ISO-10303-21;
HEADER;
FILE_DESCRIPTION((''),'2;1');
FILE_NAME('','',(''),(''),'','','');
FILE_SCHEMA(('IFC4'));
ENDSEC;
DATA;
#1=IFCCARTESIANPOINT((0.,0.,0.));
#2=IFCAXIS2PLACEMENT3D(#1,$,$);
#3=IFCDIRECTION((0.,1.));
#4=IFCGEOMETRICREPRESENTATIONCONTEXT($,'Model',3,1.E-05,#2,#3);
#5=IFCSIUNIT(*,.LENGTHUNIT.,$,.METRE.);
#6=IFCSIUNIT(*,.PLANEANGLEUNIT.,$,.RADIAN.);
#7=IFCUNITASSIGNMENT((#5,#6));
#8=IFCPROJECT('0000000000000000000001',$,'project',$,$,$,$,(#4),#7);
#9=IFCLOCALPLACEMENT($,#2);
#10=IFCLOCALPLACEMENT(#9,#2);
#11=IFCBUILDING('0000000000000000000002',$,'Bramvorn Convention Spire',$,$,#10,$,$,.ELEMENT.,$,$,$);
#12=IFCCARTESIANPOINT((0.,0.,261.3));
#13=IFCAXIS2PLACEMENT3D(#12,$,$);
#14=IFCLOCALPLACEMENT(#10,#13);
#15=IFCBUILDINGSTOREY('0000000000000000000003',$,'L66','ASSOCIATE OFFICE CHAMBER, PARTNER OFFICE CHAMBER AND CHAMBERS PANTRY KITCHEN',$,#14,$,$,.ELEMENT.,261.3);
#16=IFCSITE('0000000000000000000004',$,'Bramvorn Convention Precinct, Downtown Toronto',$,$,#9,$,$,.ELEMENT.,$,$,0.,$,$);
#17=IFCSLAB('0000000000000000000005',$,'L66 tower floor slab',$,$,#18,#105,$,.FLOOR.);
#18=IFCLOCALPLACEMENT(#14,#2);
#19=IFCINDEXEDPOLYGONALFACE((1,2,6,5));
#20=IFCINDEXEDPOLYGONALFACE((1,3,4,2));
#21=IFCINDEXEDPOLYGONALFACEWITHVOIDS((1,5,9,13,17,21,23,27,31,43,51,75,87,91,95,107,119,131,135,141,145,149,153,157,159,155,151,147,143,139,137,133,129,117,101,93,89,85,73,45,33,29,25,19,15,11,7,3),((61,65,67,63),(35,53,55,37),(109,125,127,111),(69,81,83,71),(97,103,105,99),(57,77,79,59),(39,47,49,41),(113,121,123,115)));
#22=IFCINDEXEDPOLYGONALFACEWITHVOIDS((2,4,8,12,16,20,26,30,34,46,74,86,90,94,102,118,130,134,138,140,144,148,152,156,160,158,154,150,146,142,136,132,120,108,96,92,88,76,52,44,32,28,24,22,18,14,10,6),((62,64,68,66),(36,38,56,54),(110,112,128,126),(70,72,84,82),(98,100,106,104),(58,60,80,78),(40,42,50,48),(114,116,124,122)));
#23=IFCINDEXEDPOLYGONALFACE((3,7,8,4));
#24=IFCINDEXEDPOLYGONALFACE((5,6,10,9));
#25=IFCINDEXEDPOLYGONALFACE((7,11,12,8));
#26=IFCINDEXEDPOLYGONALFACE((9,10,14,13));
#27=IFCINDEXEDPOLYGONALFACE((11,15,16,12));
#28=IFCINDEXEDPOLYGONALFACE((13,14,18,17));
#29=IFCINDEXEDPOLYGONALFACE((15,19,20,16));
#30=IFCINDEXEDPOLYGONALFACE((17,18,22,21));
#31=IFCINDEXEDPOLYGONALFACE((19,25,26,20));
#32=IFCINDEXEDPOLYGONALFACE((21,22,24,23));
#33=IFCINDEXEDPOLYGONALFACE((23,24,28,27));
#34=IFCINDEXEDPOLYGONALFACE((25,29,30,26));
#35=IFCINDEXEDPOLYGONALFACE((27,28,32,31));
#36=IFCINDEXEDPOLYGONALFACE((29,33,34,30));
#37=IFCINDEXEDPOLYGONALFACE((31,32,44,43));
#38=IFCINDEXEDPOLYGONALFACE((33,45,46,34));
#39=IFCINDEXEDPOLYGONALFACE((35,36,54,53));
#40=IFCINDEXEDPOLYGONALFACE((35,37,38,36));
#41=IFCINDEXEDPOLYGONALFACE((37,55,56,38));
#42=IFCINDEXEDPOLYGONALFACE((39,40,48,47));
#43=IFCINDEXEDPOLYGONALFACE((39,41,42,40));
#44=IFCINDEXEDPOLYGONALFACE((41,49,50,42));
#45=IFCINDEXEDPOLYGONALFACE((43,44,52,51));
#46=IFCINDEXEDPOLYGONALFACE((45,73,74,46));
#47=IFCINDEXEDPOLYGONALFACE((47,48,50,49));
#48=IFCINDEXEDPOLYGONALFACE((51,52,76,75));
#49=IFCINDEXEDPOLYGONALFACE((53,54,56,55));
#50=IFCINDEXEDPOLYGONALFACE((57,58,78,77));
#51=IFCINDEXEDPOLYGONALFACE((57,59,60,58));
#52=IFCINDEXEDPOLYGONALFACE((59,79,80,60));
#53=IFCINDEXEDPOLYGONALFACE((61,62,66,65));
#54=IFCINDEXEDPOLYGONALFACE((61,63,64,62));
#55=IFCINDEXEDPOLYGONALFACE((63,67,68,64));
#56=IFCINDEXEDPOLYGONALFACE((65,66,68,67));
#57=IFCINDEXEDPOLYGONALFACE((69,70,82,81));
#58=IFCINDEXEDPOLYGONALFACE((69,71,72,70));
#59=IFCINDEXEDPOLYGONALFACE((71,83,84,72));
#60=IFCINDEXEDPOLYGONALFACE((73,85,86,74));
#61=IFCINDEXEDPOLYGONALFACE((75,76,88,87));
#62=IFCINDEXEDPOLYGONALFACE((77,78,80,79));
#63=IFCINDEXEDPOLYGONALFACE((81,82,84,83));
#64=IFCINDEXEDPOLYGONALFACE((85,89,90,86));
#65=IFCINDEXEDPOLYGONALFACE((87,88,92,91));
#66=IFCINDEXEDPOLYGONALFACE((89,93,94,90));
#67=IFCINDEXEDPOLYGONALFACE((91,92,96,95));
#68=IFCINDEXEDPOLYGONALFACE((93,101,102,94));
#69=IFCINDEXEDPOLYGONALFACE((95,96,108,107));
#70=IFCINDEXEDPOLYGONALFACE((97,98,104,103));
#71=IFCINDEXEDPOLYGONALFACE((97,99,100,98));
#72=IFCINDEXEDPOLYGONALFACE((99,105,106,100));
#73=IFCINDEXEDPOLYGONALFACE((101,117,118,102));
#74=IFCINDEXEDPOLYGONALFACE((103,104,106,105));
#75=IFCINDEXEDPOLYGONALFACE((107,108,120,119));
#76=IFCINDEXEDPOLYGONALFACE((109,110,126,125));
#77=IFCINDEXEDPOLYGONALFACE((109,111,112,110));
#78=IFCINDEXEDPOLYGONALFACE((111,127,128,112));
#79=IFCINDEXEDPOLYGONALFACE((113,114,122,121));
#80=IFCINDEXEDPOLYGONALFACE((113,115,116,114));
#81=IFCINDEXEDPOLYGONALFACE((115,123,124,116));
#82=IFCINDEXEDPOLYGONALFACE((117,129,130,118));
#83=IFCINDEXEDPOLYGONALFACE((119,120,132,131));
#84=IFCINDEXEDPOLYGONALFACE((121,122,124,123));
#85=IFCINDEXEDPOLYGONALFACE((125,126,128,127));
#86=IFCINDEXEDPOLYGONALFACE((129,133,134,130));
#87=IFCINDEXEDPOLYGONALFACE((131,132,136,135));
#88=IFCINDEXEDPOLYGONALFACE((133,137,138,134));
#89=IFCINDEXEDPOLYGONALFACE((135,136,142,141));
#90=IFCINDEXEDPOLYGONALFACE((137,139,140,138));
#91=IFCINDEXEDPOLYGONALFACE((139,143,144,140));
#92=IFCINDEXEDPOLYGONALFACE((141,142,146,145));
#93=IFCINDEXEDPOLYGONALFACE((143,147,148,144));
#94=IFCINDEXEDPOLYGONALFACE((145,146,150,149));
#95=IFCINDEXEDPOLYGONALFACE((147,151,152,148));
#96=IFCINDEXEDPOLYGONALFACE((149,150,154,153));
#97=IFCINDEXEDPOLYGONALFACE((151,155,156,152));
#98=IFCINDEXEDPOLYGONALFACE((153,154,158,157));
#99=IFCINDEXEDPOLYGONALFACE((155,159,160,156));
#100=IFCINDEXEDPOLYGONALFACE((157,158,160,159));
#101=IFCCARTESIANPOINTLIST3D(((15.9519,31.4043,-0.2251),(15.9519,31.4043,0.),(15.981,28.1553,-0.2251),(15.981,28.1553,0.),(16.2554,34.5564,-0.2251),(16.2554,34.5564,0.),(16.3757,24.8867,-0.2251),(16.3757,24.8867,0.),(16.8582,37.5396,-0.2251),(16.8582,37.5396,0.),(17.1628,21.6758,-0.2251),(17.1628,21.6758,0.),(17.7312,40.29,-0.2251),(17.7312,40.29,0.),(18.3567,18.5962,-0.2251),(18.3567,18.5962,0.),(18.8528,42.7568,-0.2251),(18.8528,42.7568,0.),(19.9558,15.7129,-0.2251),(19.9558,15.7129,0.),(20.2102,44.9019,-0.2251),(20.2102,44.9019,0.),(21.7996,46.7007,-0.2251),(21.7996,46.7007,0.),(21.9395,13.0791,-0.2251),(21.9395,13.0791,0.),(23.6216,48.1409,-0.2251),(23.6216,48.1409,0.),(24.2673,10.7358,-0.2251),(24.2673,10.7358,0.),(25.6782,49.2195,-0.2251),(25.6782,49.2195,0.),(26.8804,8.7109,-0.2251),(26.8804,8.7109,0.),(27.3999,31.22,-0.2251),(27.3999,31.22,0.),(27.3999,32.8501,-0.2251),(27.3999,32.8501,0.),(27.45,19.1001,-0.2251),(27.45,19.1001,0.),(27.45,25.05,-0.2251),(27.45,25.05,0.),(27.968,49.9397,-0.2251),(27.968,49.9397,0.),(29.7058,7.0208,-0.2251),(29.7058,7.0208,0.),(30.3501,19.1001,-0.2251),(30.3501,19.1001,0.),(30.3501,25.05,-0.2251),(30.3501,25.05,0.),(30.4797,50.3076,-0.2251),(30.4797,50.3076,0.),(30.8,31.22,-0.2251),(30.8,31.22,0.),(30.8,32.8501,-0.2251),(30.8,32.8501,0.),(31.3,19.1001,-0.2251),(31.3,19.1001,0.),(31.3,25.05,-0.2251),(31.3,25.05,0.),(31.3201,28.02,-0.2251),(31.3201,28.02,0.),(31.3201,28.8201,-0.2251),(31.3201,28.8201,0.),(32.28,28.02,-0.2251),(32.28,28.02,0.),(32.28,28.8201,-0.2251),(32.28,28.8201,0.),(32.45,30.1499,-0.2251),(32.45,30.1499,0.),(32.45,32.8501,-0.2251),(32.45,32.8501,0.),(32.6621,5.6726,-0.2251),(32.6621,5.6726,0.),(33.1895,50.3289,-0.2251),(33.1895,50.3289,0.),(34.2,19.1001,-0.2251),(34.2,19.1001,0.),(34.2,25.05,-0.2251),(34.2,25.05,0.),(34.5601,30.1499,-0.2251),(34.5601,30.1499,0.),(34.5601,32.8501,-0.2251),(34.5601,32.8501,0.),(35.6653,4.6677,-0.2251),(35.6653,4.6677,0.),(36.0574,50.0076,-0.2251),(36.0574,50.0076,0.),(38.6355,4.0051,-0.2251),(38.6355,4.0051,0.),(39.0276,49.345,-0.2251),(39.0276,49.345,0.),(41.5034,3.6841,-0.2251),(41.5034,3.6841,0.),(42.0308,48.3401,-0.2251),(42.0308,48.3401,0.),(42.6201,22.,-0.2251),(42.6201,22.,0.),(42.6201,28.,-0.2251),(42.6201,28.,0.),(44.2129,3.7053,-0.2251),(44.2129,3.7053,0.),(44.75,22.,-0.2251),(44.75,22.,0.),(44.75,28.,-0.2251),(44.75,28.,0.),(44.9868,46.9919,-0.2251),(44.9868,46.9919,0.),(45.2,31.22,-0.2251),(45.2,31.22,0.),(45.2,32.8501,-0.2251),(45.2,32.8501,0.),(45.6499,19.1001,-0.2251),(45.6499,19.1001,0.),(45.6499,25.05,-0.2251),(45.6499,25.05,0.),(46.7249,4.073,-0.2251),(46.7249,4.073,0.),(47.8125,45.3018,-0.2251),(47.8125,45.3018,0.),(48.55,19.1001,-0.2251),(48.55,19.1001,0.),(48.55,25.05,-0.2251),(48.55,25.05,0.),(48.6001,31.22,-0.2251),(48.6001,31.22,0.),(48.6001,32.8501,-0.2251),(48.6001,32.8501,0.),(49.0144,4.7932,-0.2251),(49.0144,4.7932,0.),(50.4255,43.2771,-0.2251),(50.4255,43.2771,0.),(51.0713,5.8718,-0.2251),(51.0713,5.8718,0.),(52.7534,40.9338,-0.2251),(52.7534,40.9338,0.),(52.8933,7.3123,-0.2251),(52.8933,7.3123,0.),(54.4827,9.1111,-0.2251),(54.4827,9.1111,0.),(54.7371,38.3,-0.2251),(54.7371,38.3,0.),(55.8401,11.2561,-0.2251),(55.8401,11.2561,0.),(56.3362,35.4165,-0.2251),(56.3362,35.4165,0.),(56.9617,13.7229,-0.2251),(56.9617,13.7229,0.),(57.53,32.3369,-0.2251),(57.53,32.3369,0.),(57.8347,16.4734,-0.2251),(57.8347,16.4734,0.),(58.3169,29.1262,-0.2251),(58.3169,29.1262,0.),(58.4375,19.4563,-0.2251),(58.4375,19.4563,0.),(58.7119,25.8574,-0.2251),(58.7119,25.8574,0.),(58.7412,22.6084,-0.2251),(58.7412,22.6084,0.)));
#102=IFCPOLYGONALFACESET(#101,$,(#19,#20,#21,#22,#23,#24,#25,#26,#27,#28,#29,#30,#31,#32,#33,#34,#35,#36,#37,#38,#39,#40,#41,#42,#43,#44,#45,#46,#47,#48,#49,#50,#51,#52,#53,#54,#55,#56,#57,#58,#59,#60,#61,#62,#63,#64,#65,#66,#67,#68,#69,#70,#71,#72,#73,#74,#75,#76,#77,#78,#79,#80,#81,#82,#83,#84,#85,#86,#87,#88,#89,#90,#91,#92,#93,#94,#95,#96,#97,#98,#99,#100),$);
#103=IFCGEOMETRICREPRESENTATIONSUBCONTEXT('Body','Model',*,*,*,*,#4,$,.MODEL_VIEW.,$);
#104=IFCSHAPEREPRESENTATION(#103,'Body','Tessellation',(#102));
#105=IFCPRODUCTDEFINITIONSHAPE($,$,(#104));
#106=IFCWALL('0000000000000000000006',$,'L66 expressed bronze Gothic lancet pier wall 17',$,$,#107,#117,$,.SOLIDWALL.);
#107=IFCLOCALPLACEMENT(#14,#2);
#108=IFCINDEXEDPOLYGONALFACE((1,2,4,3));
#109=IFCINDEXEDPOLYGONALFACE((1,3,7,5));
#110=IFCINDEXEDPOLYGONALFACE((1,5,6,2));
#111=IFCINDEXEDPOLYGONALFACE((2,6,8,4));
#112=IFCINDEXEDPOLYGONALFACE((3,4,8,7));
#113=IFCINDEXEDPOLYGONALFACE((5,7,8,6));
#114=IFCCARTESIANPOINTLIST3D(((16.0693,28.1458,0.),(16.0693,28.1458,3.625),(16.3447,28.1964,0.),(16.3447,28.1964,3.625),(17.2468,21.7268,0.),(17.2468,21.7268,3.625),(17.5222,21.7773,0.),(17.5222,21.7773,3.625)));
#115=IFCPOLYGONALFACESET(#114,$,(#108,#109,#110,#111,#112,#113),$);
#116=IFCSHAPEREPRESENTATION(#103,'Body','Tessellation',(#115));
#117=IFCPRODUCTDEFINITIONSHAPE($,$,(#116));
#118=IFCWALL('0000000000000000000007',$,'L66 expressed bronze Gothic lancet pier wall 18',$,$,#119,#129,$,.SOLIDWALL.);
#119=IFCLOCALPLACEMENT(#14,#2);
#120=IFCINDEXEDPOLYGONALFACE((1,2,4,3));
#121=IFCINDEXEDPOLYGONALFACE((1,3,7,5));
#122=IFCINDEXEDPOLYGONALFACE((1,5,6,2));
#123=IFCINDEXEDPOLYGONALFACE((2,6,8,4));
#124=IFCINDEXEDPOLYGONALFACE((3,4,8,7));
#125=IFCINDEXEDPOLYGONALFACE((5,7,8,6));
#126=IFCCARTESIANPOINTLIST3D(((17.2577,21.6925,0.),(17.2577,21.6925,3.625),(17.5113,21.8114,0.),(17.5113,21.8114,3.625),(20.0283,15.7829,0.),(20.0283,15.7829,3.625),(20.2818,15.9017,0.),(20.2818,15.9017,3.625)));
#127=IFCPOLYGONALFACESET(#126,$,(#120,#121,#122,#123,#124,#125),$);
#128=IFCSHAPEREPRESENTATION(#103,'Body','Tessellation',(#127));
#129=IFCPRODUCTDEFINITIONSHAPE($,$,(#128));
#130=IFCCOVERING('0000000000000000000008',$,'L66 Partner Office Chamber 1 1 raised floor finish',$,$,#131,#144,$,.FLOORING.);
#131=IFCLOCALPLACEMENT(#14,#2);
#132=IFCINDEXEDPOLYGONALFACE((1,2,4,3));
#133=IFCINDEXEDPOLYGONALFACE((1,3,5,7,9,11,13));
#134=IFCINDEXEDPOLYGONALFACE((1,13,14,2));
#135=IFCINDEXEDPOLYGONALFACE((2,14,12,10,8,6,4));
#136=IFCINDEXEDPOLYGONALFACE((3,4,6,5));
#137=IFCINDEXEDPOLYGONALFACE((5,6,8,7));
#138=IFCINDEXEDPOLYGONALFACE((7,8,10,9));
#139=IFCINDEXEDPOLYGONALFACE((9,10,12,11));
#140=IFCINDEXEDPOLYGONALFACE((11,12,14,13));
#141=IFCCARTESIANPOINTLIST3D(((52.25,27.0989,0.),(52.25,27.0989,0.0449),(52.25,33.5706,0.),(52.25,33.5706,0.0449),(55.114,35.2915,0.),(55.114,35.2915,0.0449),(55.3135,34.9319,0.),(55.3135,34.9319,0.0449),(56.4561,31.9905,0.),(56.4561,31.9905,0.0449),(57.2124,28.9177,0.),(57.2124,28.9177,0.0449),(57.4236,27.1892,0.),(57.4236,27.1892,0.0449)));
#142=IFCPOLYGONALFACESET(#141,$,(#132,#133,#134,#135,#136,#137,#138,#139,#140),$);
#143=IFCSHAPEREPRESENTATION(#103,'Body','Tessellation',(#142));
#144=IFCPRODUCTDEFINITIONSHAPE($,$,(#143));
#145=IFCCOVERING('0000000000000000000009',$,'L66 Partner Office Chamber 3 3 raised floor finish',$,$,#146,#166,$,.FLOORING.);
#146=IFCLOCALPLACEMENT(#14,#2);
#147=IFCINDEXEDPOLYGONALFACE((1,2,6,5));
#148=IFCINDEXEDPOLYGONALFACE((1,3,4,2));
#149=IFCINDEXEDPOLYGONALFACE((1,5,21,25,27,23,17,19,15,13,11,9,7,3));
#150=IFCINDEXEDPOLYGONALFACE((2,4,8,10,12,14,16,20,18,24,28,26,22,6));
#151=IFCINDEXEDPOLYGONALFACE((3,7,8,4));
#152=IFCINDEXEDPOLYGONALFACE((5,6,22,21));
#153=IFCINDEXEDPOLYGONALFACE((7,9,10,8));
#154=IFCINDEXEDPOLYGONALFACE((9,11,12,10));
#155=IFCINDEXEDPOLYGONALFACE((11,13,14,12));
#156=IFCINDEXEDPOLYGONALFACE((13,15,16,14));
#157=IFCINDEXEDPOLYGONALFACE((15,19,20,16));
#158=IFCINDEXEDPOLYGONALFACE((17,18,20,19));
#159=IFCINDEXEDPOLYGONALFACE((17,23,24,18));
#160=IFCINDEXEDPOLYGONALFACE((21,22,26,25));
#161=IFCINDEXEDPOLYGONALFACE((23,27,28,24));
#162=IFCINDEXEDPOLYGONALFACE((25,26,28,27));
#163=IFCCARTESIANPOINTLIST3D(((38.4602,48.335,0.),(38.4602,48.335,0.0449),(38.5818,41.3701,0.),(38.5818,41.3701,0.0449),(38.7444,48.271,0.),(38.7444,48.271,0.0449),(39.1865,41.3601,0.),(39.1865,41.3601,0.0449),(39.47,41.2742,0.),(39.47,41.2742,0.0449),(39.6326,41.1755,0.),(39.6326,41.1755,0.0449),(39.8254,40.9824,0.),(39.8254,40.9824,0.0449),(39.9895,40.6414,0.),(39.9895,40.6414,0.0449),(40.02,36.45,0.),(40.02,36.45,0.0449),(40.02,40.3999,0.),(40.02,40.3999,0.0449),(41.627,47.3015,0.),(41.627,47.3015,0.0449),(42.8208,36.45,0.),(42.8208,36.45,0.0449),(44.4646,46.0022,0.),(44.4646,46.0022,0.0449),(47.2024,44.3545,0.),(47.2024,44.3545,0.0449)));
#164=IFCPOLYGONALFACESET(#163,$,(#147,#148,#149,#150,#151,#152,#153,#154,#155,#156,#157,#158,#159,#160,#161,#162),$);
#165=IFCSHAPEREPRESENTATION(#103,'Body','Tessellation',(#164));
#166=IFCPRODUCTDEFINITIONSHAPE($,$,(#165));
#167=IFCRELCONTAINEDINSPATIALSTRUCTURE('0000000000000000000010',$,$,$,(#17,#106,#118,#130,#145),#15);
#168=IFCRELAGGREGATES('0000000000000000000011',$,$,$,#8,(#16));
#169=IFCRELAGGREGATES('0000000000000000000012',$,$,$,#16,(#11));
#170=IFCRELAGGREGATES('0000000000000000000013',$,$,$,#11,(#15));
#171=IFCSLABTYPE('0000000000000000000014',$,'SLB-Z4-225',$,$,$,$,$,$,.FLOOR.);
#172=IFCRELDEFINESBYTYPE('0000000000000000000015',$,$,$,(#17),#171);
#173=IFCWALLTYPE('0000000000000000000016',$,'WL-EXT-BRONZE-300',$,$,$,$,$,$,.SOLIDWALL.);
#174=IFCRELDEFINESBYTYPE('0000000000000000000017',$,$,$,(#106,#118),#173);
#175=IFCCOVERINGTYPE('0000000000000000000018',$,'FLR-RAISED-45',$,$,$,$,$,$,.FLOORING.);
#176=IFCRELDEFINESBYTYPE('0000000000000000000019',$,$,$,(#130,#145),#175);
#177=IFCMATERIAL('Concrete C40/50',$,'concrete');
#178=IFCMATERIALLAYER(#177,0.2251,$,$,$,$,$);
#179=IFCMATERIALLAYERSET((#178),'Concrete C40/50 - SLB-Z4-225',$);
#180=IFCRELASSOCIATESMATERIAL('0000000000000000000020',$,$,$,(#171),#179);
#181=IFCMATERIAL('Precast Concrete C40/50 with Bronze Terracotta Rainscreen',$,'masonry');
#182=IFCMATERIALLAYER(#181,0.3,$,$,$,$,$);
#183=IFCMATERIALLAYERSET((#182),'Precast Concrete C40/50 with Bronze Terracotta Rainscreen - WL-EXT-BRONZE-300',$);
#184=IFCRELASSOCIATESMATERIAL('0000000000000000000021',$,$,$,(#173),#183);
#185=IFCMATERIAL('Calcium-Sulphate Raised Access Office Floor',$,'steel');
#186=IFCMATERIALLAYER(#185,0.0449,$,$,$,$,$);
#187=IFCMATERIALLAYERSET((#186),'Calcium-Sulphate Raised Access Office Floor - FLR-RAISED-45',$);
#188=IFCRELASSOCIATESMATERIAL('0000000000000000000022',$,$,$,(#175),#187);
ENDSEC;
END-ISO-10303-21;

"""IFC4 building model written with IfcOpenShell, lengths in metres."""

from ifc_helpers import new_model, si_unit, direction, frame, frame_2d, origin, place, context, subcontext, project, spatial, polyline, rectangle, outline, extrude, material, layer, layer_set, type_object, element, save


model = new_model("IFC4")

# Units and contexts
model_context = context("Model", 3, precision=1e-05, world=origin(), true_north=direction((0.0, 1.0)))
body_context = subcontext(model_context, "Body", "Model", "MODEL_VIEW")
ifc_project = project(units=[si_unit("LENGTHUNIT", "METRE"), si_unit("PLANEANGLEUNIT", "RADIAN")], contexts=[model_context])

# Site, building, storey
site_placement = place(None, origin())
site = spatial("IfcSite", under=ifc_project, at=site_placement, Name="Bramvorn Convention Precinct, Downtown Toronto", CompositionType="ELEMENT", RefElevation=0.0)
building_placement = place(site_placement, origin())
building = spatial("IfcBuilding", under=site, at=building_placement, Name="Bramvorn Convention Spire", CompositionType="ELEMENT")
storey_placement = place(building_placement, frame((0.0, 0.0, 261.3)))
storey = spatial("IfcBuildingStorey", under=building, at=storey_placement, Name="L66", Description="ASSOCIATE OFFICE CHAMBER, PARTNER OFFICE CHAMBER AND CHAMBERS PANTRY KITCHEN", CompositionType="ELEMENT", Elevation=261.3)

# Slab
ifc_material_1 = material(Name="Concrete C40/50", Category="concrete")
ifc_layer_1 = layer(ifc_material_1, 0.2251)
ifc_layer_set_1 = layer_set([ifc_layer_1], Name="Concrete C40/50 - SLB-Z4-225")
slab_type_1 = type_object("IfcSlabType", Name="SLB-Z4-225", PredefinedType="FLOOR", material=ifc_layer_set_1)
slab_1_placement = place(storey_placement, frame((0.0, 0.0, -0.2251)))
element("IfcSlab", 1, at=slab_1_placement, inside=storey, type_object=slab_type_1, Name="L66 tower floor slab", PredefinedType="FLOOR", context=body_context, shape_type="SweptSolid", body=[
    extrude(outline(polyline([(51.0713, 5.8718), (52.8933, 7.3123), (54.4827, 9.1111), (55.8401, 11.2561), (56.9617, 13.7229), (57.8347, 16.4734), (58.4375, 19.4563), (58.7412, 22.6084), (58.7119, 25.8574), (58.3169, 29.1262), (57.53, 32.3369), (56.3362, 35.4165), (54.7371, 38.3), (52.7534, 40.9338), (50.4255, 43.2771), (47.8125, 45.3018), (44.9868, 46.9919), (42.0308, 48.3401), (39.0276, 49.345), (36.0574, 50.0076), (33.1895, 50.3289), (30.4797, 50.3076), (27.968, 49.9397), (25.6782, 49.2195), (23.6216, 48.1409), (21.7996, 46.7007), (20.2102, 44.9019), (18.8528, 42.7568), (17.7312, 40.29), (16.8582, 37.5396), (16.2554, 34.5564), (15.9519, 31.4043), (15.981, 28.1553), (16.3757, 24.8867), (17.1628, 21.6758), (18.3567, 18.5962), (19.9558, 15.7129), (21.9395, 13.0791), (24.2673, 10.7358), (26.8804, 8.7109), (29.7058, 7.0208), (32.6621, 5.6726), (35.6653, 4.6677), (38.6355, 4.0051), (41.5034, 3.6841), (44.2129, 3.7053), (46.7249, 4.073), (49.0144, 4.7932), (51.0713, 5.8718)]), holes=[polyline([(27.45, 25.05), (27.45, 19.1001), (30.3501, 19.1001), (30.3501, 25.05), (27.45, 25.05)]), polyline([(45.6499, 25.05), (45.6499, 19.1001), (48.55, 19.1001), (48.55, 25.05), (45.6499, 25.05)]), polyline([(31.3, 25.05), (31.3, 19.1001), (34.2, 19.1001), (34.2, 25.05), (31.3, 25.05)]), polyline([(27.3999, 31.22), (30.8, 31.22), (30.8, 32.8501), (27.3999, 32.8501), (27.3999, 31.22)]), polyline([(45.2, 31.22), (48.6001, 31.22), (48.6001, 32.8501), (45.2, 32.8501), (45.2, 31.22)]), polyline([(32.45, 30.1499), (34.5601, 30.1499), (34.5601, 32.8501), (32.45, 32.8501), (32.45, 30.1499)]), polyline([(42.6201, 22.0), (44.75, 22.0), (44.75, 28.0), (42.6201, 28.0), (42.6201, 22.0)]), polyline([(31.3201, 28.02), (32.28, 28.02), (32.28, 28.8201), (31.3201, 28.8201), (31.3201, 28.02)])]), origin(), (0.0, 0.0, 1.0), 0.2251),
])

# Walls
ifc_material_2 = material(Name="Precast Concrete C40/50 with Bronze Terracotta Rainscreen", Category="masonry")
ifc_layer_2 = layer(ifc_material_2, 0.3)
ifc_layer_set_2 = layer_set([ifc_layer_2], Name="Precast Concrete C40/50 with Bronze Terracotta Rainscreen - WL-EXT-BRONZE-300")
wall_type = type_object("IfcWallType", Name="WL-EXT-BRONZE-300", PredefinedType="SOLIDWALL", material=ifc_layer_set_2)
wall_1_placement = place(storey_placement, frame((17.3845, 21.752, 0.0), z_axis=(0.0, 0.0, 1.0), x_axis=(-0.180429, 0.983588, 0.0)))
element("IfcWall", 2, at=wall_1_placement, inside=storey, type_object=wall_type, Name="L66 expressed bronze Gothic lancet pier wall 17", PredefinedType="SOLIDWALL", context=body_context, shape_type="SweptSolid", body=[
    extrude(rectangle(XDim=6.5261, YDim=0.28, at=frame_2d((3.2632, 0.0))), origin(), (0.0, 0.0, 1.0), 3.625),
])
wall_2_placement = place(storey_placement, frame((20.155, 15.8423, 0.0), z_axis=(0.0, 0.0, 1.0), x_axis=(-0.424478, 0.905438, 0.0)))
element("IfcWall", 3, at=wall_2_placement, inside=storey, type_object=wall_type, Name="L66 expressed bronze Gothic lancet pier wall 18", PredefinedType="SOLIDWALL", context=body_context, shape_type="SweptSolid", body=[
    extrude(rectangle(XDim=6.5269, YDim=0.28, at=frame_2d((3.2634, 0.0))), origin(), (0.0, 0.0, 1.0), 3.625),
])

# Coverings
ifc_material_3 = material(Name="Calcium-Sulphate Raised Access Office Floor", Category="steel")
ifc_layer_3 = layer(ifc_material_3, 0.0449)
ifc_layer_set_3 = layer_set([ifc_layer_3], Name="Calcium-Sulphate Raised Access Office Floor - FLR-RAISED-45")
covering_type = type_object("IfcCoveringType", Name="FLR-RAISED-45", PredefinedType="FLOORING", material=ifc_layer_set_3)
covering_1_placement = place(storey_placement, origin())
element("IfcCovering", 4, at=covering_1_placement, inside=storey, type_object=covering_type, Name="L66 Partner Office Chamber 1 1 raised floor finish", PredefinedType="FLOORING", context=body_context, shape_type="SweptSolid", body=[
    extrude(outline(polyline([(55.3135, 34.9319), (55.114, 35.2915), (52.25, 33.5706), (52.25, 27.0989), (57.4236, 27.1892), (57.2124, 28.9177), (56.4561, 31.9905), (55.3135, 34.9319)])), origin(), (0.0, 0.0, 1.0), 0.0449),
])
covering_2_placement = place(storey_placement, origin())
element("IfcCovering", 5, at=covering_2_placement, inside=storey, type_object=covering_type, Name="L66 Partner Office Chamber 3 3 raised floor finish", PredefinedType="FLOORING", context=body_context, shape_type="SweptSolid", body=[
    extrude(outline(polyline([(38.7444, 48.271), (38.4602, 48.335), (38.5818, 41.3701), (39.1865, 41.3601), (39.47, 41.2742), (39.6326, 41.1755), (39.8254, 40.9824), (39.9895, 40.6414), (40.02, 40.3999), (40.02, 36.45), (42.8208, 36.45), (47.2024, 44.3545), (44.4646, 46.0022), (41.627, 47.3015), (38.7444, 48.271)])), origin(), (0.0, 0.0, 1.0), 0.0449),
])

save(model, "model.ifc")
